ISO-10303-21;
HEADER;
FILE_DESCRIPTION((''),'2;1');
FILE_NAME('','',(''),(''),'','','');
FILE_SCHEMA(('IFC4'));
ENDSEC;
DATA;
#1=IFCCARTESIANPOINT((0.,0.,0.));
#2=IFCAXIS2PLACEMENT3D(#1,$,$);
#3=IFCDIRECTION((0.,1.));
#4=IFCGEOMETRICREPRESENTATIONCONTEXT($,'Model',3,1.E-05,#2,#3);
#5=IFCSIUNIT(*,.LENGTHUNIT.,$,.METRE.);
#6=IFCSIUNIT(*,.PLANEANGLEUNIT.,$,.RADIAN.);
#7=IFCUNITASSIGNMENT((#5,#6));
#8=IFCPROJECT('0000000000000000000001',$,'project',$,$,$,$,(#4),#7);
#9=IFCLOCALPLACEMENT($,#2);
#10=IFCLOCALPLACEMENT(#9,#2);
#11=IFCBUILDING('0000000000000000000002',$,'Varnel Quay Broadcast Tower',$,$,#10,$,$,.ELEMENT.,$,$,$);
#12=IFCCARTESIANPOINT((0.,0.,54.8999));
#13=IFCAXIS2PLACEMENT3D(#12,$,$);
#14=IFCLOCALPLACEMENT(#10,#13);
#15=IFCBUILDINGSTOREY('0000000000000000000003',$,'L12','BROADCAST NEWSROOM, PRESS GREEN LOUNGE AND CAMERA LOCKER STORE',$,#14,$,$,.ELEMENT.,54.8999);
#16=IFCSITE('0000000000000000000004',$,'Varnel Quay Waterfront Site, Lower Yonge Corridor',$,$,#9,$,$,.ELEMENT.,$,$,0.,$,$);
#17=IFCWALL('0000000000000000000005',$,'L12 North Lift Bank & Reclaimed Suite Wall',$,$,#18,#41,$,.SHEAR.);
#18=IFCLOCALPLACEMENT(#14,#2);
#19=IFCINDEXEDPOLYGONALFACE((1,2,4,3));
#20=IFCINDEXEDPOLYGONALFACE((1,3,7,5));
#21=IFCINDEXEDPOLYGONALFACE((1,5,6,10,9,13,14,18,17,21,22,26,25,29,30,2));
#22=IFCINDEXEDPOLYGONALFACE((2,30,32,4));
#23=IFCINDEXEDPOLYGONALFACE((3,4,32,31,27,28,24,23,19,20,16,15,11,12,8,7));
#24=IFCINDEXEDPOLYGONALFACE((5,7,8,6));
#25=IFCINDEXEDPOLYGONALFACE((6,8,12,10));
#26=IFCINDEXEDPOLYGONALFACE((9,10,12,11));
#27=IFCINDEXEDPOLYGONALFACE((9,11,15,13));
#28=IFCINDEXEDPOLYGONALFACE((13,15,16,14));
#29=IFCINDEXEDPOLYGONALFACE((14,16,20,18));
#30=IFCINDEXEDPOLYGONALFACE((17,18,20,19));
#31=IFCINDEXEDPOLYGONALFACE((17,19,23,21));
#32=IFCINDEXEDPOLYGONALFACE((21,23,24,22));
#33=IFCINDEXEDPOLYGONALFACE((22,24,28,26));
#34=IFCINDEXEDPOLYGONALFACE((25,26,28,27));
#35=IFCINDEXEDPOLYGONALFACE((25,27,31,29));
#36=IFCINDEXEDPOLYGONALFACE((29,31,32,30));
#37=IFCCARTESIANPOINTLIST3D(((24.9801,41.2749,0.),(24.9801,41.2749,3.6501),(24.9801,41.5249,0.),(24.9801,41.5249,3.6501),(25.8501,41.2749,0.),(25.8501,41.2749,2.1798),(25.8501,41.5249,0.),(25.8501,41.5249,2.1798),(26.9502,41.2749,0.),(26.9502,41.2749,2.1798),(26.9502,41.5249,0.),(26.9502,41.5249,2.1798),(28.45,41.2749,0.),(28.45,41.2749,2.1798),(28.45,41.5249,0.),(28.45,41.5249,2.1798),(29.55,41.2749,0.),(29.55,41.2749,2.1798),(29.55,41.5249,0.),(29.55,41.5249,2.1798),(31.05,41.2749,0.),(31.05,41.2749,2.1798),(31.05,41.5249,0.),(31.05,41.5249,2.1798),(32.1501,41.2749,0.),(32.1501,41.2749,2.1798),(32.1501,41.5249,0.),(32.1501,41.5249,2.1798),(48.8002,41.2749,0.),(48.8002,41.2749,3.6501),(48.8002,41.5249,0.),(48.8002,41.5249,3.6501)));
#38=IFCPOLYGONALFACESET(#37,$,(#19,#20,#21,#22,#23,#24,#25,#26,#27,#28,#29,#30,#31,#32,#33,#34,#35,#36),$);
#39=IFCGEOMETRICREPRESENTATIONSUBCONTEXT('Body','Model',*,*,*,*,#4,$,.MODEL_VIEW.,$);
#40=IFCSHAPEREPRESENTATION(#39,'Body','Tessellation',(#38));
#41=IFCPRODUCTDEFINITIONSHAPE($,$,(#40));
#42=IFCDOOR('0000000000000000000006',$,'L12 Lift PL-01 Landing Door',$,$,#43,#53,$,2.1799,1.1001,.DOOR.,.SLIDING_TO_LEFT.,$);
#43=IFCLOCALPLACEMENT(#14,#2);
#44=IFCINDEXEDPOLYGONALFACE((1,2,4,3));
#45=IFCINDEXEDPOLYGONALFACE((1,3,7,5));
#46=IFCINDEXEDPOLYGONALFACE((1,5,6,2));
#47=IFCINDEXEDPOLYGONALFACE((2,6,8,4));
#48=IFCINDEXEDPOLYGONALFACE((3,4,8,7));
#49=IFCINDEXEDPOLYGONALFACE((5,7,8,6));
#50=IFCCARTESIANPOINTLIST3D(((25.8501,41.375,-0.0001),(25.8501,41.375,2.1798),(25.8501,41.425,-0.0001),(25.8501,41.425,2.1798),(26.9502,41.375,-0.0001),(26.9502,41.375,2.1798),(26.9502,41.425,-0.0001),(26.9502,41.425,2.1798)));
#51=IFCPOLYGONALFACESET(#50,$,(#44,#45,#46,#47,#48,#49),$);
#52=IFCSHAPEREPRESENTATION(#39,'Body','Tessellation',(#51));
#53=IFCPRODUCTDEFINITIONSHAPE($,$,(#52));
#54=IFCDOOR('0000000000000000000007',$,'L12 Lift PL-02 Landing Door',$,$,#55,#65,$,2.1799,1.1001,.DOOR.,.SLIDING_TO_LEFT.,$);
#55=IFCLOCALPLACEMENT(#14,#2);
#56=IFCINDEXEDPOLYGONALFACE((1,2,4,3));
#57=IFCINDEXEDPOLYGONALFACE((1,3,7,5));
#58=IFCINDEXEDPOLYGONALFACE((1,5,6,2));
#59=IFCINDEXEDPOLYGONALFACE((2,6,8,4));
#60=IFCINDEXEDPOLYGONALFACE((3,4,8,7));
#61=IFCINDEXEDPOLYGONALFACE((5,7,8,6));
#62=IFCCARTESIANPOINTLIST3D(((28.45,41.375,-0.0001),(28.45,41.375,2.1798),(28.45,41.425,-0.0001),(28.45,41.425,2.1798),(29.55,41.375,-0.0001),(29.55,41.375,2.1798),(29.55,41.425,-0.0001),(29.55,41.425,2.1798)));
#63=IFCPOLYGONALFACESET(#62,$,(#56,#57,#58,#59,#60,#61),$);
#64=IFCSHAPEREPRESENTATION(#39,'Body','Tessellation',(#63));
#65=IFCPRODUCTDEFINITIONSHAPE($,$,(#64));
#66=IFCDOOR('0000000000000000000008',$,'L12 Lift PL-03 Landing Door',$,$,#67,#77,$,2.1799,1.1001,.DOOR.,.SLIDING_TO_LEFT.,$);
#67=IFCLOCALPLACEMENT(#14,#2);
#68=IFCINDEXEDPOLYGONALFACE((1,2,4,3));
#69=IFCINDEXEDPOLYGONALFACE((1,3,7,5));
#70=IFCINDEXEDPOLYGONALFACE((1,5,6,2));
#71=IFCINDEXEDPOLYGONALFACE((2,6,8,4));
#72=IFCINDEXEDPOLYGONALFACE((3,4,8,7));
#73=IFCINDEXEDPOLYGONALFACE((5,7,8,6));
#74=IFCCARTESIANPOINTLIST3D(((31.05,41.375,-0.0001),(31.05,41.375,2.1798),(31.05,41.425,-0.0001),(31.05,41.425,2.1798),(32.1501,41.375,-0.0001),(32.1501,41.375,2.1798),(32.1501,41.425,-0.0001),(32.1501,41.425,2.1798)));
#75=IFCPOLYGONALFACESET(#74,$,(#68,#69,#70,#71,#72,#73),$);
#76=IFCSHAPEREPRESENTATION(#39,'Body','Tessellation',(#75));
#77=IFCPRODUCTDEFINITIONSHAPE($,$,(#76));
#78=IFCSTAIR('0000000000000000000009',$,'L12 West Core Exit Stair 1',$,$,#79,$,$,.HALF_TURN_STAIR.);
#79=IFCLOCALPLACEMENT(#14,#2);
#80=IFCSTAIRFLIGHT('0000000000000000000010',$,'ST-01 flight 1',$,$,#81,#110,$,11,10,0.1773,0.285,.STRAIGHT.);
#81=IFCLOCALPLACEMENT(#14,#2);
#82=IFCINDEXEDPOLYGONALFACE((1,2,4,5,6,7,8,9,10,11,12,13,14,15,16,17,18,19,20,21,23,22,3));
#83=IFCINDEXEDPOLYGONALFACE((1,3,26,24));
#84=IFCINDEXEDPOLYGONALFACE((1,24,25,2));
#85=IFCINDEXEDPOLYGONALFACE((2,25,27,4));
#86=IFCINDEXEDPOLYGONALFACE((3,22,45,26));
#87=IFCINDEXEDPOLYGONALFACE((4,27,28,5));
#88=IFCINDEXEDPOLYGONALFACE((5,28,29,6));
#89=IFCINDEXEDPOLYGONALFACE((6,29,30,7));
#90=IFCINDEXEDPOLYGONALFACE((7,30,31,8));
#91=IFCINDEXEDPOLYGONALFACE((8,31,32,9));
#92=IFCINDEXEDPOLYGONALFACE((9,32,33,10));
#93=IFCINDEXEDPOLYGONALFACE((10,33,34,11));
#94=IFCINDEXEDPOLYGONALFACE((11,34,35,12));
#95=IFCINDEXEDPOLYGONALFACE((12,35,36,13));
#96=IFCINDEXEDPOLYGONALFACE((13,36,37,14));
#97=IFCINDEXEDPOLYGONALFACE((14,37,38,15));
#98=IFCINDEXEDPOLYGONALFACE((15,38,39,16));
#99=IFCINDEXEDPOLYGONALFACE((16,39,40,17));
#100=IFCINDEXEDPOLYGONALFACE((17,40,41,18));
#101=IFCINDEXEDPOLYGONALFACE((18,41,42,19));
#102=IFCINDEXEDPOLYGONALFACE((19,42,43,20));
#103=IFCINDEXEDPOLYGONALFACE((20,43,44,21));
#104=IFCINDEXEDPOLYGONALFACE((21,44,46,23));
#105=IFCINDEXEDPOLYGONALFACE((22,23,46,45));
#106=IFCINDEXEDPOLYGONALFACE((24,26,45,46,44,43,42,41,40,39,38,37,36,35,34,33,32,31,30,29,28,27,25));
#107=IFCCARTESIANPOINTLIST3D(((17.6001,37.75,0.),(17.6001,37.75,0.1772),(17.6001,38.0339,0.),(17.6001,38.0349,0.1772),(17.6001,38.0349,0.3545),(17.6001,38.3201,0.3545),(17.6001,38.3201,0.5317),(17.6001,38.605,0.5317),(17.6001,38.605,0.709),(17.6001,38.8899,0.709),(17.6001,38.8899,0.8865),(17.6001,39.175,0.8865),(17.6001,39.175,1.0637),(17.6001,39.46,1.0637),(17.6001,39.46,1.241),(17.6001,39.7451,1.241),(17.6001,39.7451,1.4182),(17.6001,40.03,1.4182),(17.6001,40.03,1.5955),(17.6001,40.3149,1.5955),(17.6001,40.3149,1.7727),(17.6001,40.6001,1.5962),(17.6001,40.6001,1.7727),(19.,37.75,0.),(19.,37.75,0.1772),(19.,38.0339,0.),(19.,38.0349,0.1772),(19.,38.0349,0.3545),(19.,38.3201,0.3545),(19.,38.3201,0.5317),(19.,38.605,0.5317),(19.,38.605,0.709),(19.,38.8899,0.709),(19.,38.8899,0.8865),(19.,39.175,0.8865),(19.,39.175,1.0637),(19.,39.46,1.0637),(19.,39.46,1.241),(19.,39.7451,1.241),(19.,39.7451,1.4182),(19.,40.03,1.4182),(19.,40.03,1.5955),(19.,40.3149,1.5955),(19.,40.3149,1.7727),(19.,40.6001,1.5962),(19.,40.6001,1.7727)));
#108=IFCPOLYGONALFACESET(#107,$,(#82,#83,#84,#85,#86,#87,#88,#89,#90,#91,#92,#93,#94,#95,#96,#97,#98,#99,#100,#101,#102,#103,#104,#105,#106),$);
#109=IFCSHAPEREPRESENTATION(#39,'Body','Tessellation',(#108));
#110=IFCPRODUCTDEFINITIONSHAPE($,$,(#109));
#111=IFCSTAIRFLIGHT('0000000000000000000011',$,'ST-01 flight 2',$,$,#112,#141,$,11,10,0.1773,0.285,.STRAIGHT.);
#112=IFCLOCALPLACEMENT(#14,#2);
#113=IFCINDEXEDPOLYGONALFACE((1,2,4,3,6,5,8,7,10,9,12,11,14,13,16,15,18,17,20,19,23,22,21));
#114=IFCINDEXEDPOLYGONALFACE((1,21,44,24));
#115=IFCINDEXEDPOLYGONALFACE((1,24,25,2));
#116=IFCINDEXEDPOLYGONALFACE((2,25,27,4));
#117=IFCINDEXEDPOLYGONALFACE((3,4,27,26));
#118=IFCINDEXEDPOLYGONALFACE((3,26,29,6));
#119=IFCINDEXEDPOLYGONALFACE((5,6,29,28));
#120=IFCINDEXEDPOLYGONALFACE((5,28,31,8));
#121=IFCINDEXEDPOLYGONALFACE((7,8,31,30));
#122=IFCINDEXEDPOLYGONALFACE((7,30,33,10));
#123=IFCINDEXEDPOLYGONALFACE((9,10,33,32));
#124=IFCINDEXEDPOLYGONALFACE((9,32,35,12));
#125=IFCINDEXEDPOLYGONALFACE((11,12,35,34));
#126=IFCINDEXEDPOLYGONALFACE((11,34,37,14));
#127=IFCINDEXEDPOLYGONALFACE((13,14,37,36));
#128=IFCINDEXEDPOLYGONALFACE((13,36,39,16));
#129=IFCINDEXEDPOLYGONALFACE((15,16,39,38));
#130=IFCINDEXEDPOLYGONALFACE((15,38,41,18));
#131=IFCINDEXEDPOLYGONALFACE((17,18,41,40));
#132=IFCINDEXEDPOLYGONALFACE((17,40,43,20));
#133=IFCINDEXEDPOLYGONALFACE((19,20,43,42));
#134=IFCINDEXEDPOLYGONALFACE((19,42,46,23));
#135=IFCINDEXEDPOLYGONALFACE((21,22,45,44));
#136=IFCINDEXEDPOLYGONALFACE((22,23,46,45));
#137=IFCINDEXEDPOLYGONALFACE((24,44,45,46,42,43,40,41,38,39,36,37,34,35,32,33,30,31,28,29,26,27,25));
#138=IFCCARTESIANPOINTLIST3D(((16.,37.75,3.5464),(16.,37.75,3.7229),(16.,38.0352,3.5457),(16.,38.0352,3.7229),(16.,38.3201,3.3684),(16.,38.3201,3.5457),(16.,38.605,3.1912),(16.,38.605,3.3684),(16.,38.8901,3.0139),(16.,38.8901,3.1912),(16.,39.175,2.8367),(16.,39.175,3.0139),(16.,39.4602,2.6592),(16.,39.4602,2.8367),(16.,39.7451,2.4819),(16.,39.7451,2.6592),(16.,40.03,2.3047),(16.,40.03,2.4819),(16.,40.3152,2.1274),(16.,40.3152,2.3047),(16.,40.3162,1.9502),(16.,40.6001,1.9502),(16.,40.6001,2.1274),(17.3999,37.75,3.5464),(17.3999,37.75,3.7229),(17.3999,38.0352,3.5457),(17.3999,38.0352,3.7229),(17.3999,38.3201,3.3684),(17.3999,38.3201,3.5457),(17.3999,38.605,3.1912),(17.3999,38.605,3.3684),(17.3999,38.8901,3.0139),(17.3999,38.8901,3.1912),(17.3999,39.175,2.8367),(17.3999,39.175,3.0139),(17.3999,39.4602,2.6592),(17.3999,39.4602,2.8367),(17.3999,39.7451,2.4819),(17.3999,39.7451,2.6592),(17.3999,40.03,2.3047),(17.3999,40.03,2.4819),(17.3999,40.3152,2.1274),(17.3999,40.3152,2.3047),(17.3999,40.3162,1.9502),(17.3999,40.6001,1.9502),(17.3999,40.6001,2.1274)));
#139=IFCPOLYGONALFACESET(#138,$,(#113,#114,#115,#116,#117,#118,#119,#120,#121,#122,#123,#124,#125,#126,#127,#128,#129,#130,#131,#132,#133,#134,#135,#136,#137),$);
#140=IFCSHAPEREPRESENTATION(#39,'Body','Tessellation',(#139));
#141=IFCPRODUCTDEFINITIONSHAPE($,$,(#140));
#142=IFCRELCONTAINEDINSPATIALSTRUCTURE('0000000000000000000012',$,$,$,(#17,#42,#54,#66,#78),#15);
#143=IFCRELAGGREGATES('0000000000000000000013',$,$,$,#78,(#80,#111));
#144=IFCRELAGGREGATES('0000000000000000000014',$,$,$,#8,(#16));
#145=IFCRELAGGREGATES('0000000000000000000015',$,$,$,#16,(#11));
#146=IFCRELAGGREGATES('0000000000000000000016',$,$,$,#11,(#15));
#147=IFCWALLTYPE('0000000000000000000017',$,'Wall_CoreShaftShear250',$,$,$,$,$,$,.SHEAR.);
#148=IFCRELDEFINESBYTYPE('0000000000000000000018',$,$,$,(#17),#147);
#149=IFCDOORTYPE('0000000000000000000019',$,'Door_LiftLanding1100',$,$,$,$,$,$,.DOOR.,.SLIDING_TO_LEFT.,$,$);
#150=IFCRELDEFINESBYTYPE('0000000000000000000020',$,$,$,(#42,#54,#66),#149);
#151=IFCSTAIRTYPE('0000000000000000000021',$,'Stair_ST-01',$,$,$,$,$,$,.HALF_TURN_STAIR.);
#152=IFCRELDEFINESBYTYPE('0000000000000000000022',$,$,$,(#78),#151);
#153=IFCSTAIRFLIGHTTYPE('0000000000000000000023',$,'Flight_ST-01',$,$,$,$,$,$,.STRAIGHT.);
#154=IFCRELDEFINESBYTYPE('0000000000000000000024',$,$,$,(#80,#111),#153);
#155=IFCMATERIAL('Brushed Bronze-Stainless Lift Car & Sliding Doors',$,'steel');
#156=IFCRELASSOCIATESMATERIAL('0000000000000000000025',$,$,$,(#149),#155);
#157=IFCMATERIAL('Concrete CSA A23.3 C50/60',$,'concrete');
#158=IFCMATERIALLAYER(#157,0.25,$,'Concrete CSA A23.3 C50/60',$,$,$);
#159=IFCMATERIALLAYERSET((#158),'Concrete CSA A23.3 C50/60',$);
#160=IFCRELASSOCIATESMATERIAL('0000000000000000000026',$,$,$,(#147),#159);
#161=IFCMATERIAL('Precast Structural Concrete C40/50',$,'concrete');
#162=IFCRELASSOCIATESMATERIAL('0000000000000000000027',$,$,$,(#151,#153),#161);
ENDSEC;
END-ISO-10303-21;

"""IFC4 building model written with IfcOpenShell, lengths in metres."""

from ifc_helpers import new_model, si_unit, direction, frame, frame_2d, origin, place, context, subcontext, project, spatial, polyline, rectangle, outline, extrude, source, transform, mapped, material, layer, layer_set, type_object, type_shapes, element, fill, aggregate, save


model = new_model("IFC4")

# Units and contexts
model_context = context("Model", 3, precision=1e-05, world=origin(), true_north=direction((0.0, 1.0)))
body_context = subcontext(model_context, "Body", "Model", "MODEL_VIEW")
ifc_project = project(units=[si_unit("LENGTHUNIT", "METRE"), si_unit("PLANEANGLEUNIT", "RADIAN")], contexts=[model_context])

# Site, building, storey
site_placement = place(None, origin())
site = spatial("IfcSite", under=ifc_project, at=site_placement, Name="Varnel Quay Waterfront Site, Lower Yonge Corridor", CompositionType="ELEMENT", RefElevation=0.0)
building_placement = place(site_placement, origin())
building = spatial("IfcBuilding", under=site, at=building_placement, Name="Varnel Quay Broadcast Tower", CompositionType="ELEMENT")
storey_placement = place(building_placement, frame((0.0, 0.0, 54.8999)))
storey = spatial("IfcBuildingStorey", under=building, at=storey_placement, Name="L12", Description="BROADCAST NEWSROOM, PRESS GREEN LOUNGE AND CAMERA LOCKER STORE", CompositionType="ELEMENT", Elevation=54.8999)

# Shared definitions
ifc_material_1 = material(Name="Concrete CSA A23.3 C50/60", Category="concrete")
ifc_material_2 = material(Name="Brushed Bronze-Stainless Lift Car & Sliding Doors", Category="steel")
door_type = type_object("IfcDoorType", Name="Door_LiftLanding1100", OperationType="SLIDING_TO_LEFT", PredefinedType="DOOR", material=ifc_material_2)
shared_shape_1 = source(origin(), body_context, "Body", "SweptSolid", [
    extrude(rectangle(XDim=1.1001, YDim=2.1799, at=frame_2d((0.55, 1.0898))), frame((0.0, 0.0249, 0.0), z_axis=(0.0, -1.0, 0.0), x_axis=(1.0, 0.0, 0.0)), (0.0, 0.0, 1.0), 0.05),
])
type_shapes(door_type, [shared_shape_1])

# Shared definitions
ifc_layer_1 = layer(ifc_material_1, 0.25, Name="Concrete CSA A23.3 C50/60")
ifc_layer_set_1 = layer_set([ifc_layer_1], Name="Concrete CSA A23.3 C50/60")
wall_type_1 = type_object("IfcWallType", Name="Wall_CoreShaftShear250", PredefinedType="SHEAR", material=ifc_layer_set_1)

# Wall, openings, doors
wall_1_placement = place(storey_placement, frame((24.98, 41.3999, 0.0), z_axis=(0.0, 0.0, 1.0), x_axis=(1.0, 0.0, 0.0)))
wall_1 = element("IfcWall", 1, at=wall_1_placement, inside=storey, type_object=wall_type_1, Name="L12 North Lift Bank & Reclaimed Suite Wall", PredefinedType="SHEAR", context=body_context, shape_type="SweptSolid", body=[
    extrude(rectangle(XDim=23.8201, YDim=0.25, at=frame_2d((11.9102, 0.0))), origin(), (0.0, 0.0, 1.0), 3.6501),
])
opening_1_placement = place(wall_1_placement, frame((0.8701, 0.0, 0.0)))
opening_1 = element("IfcOpeningElement", 2, at=opening_1_placement, cuts=wall_1, PredefinedType="OPENING", context=body_context, shape_type="SweptSolid", body=[
    extrude(rectangle(XDim=1.1001, YDim=2.1799, at=frame_2d((0.55, 1.0898))), frame((0.0, 0.135, 0.0), z_axis=(0.0, -1.0, 0.0), x_axis=(1.0, 0.0, 0.0)), (0.0, 0.0, 1.0), 0.27),
])
opening_2_placement = place(wall_1_placement, frame((3.47, 0.0, 0.0)))
opening_2 = element("IfcOpeningElement", 3, at=opening_2_placement, cuts=wall_1, PredefinedType="OPENING", context=body_context, shape_type="SweptSolid", body=[
    extrude(rectangle(XDim=1.1001, YDim=2.1799, at=frame_2d((0.55, 1.0898))), frame((0.0, 0.135, 0.0), z_axis=(0.0, -1.0, 0.0), x_axis=(1.0, 0.0, 0.0)), (0.0, 0.0, 1.0), 0.27),
])
opening_3_placement = place(wall_1_placement, frame((6.0701, 0.0, 0.0)))
opening_3 = element("IfcOpeningElement", 4, at=opening_3_placement, cuts=wall_1, PredefinedType="OPENING", context=body_context, shape_type="SweptSolid", body=[
    extrude(rectangle(XDim=1.1001, YDim=2.1799, at=frame_2d((0.55, 1.0898))), frame((0.0, 0.135, 0.0), z_axis=(0.0, -1.0, 0.0), x_axis=(1.0, 0.0, 0.0)), (0.0, 0.0, 1.0), 0.27),
])
door_1_placement = place(opening_1_placement, frame((1.1001, 0.0, 0.0), z_axis=(0.0, 0.0, 1.0), x_axis=(-1.0, 0.0, 0.0)))
door_1 = element("IfcDoor", 5, at=door_1_placement, inside=storey, type_object=door_type, Name="L12 Lift PL-01 Landing Door", OperationType="SLIDING_TO_LEFT", OverallHeight=2.1799, OverallWidth=1.1001, PredefinedType="DOOR", context=body_context, shape_type="MappedRepresentation", body=[
    mapped(shared_shape_1, transform((0.0, 0.0, 0.0), x_axis=(1.0, 0.0, 0.0), y_axis=(0.0, 1.0, 0.0), z_axis=(0.0, 0.0, 1.0), scale=1.0)),
])
fill(opening_1, door_1)
door_2_placement = place(opening_2_placement, frame((1.1001, 0.0, 0.0), z_axis=(0.0, 0.0, 1.0), x_axis=(-1.0, 0.0, 0.0)))
door_2 = element("IfcDoor", 6, at=door_2_placement, inside=storey, type_object=door_type, Name="L12 Lift PL-02 Landing Door", OperationType="SLIDING_TO_LEFT", OverallHeight=2.1799, OverallWidth=1.1001, PredefinedType="DOOR", context=body_context, shape_type="MappedRepresentation", body=[
    mapped(shared_shape_1, transform((0.0, 0.0, 0.0), x_axis=(1.0, 0.0, 0.0), y_axis=(0.0, 1.0, 0.0), z_axis=(0.0, 0.0, 1.0), scale=1.0)),
])
fill(opening_2, door_2)
door_3_placement = place(opening_3_placement, frame((1.1001, 0.0, 0.0), z_axis=(0.0, 0.0, 1.0), x_axis=(-1.0, 0.0, 0.0)))
door_3 = element("IfcDoor", 7, at=door_3_placement, inside=storey, type_object=door_type, Name="L12 Lift PL-03 Landing Door", OperationType="SLIDING_TO_LEFT", OverallHeight=2.1799, OverallWidth=1.1001, PredefinedType="DOOR", context=body_context, shape_type="MappedRepresentation", body=[
    mapped(shared_shape_1, transform((0.0, 0.0, 0.0), x_axis=(1.0, 0.0, 0.0), y_axis=(0.0, 1.0, 0.0), z_axis=(0.0, 0.0, 1.0), scale=1.0)),
])
fill(opening_3, door_3)

# Stair, stair flights
ifc_material_3 = material(Name="Precast Structural Concrete C40/50", Category="concrete")
stair_type = type_object("IfcStairType", Name="Stair_ST-01", PredefinedType="HALF_TURN_STAIR", material=ifc_material_3)
stair_placement = place(storey_placement, origin())
stair = element("IfcStair", 8, at=stair_placement, inside=storey, type_object=stair_type, Name="L12 West Core Exit Stair 1", PredefinedType="HALF_TURN_STAIR")
stair_flight_type = type_object("IfcStairFlightType", Name="Flight_ST-01", PredefinedType="STRAIGHT", material=ifc_material_3)
stair_flight_1_placement = place(storey_placement, frame((18.3, 37.75, 0.0), z_axis=(0.0, 0.0, 1.0), x_axis=(0.0, 1.0, 0.0)))
stair_flight_1 = element("IfcStairFlight", 9, at=stair_flight_1_placement, type_object=stair_flight_type, Name="ST-01 flight 1", NumberOfRisers=11, NumberOfTreads=10, PredefinedType="STRAIGHT", RiserHeight=0.1773, TreadLength=0.285, context=body_context, shape_type="SweptSolid", body=[
    extrude(outline(polyline([(0.0, 0.0), (0.0, 0.1772), (0.2849, 0.1772), (0.2849, 0.3545), (0.5701, 0.3545), (0.5701, 0.5317), (0.855, 0.5317), (0.855, 0.709), (1.1399, 0.709), (1.1399, 0.8865), (1.425, 0.8865), (1.425, 1.0637), (1.71, 1.0637), (1.71, 1.241), (1.9951, 1.241), (1.9951, 1.4182), (2.28, 1.4182), (2.28, 1.5955), (2.5649, 1.5955), (2.5649, 1.7727), (2.8501, 1.7727), (2.8501, 1.95), (2.8501, 1.5962), (0.2839, 0.0), (0.0, 0.0)])), frame((0.0, 0.7, 0.0), z_axis=(0.0, -1.0, 0.0), x_axis=(1.0, 0.0, 0.0)), (0.0, 0.0, 1.0), 1.3999),
])
stair_flight_2_placement = place(storey_placement, frame((16.7, 40.6001, 1.9502), z_axis=(0.0, 0.0, 1.0), x_axis=(0.0, -1.0, 0.0)))
stair_flight_2 = element("IfcStairFlight", 10, at=stair_flight_2_placement, type_object=stair_flight_type, Name="ST-01 flight 2", NumberOfRisers=11, NumberOfTreads=10, PredefinedType="STRAIGHT", RiserHeight=0.1773, TreadLength=0.285, context=body_context, shape_type="SweptSolid", body=[
    extrude(outline(polyline([(0.0, 0.0), (0.0, 0.1772), (0.2849, 0.1772), (0.2849, 0.3545), (0.5701, 0.3545), (0.5701, 0.5317), (0.855, 0.5317), (0.855, 0.709), (1.1399, 0.709), (1.1399, 0.8865), (1.425, 0.8865), (1.425, 1.0637), (1.71, 1.0637), (1.71, 1.241), (1.9951, 1.241), (1.9951, 1.4182), (2.28, 1.4182), (2.28, 1.5955), (2.5649, 1.5955), (2.5649, 1.7727), (2.8501, 1.7727), (2.8501, 1.95), (2.8501, 1.5962), (0.2839, 0.0), (0.0, 0.0)])), frame((0.0, 0.7, 0.0), z_axis=(0.0, -1.0, 0.0), x_axis=(1.0, 0.0, 0.0)), (0.0, 0.0, 1.0), 1.3999),
])
aggregate(stair, [stair_flight_1, stair_flight_2])

save(model, "model.ifc")
